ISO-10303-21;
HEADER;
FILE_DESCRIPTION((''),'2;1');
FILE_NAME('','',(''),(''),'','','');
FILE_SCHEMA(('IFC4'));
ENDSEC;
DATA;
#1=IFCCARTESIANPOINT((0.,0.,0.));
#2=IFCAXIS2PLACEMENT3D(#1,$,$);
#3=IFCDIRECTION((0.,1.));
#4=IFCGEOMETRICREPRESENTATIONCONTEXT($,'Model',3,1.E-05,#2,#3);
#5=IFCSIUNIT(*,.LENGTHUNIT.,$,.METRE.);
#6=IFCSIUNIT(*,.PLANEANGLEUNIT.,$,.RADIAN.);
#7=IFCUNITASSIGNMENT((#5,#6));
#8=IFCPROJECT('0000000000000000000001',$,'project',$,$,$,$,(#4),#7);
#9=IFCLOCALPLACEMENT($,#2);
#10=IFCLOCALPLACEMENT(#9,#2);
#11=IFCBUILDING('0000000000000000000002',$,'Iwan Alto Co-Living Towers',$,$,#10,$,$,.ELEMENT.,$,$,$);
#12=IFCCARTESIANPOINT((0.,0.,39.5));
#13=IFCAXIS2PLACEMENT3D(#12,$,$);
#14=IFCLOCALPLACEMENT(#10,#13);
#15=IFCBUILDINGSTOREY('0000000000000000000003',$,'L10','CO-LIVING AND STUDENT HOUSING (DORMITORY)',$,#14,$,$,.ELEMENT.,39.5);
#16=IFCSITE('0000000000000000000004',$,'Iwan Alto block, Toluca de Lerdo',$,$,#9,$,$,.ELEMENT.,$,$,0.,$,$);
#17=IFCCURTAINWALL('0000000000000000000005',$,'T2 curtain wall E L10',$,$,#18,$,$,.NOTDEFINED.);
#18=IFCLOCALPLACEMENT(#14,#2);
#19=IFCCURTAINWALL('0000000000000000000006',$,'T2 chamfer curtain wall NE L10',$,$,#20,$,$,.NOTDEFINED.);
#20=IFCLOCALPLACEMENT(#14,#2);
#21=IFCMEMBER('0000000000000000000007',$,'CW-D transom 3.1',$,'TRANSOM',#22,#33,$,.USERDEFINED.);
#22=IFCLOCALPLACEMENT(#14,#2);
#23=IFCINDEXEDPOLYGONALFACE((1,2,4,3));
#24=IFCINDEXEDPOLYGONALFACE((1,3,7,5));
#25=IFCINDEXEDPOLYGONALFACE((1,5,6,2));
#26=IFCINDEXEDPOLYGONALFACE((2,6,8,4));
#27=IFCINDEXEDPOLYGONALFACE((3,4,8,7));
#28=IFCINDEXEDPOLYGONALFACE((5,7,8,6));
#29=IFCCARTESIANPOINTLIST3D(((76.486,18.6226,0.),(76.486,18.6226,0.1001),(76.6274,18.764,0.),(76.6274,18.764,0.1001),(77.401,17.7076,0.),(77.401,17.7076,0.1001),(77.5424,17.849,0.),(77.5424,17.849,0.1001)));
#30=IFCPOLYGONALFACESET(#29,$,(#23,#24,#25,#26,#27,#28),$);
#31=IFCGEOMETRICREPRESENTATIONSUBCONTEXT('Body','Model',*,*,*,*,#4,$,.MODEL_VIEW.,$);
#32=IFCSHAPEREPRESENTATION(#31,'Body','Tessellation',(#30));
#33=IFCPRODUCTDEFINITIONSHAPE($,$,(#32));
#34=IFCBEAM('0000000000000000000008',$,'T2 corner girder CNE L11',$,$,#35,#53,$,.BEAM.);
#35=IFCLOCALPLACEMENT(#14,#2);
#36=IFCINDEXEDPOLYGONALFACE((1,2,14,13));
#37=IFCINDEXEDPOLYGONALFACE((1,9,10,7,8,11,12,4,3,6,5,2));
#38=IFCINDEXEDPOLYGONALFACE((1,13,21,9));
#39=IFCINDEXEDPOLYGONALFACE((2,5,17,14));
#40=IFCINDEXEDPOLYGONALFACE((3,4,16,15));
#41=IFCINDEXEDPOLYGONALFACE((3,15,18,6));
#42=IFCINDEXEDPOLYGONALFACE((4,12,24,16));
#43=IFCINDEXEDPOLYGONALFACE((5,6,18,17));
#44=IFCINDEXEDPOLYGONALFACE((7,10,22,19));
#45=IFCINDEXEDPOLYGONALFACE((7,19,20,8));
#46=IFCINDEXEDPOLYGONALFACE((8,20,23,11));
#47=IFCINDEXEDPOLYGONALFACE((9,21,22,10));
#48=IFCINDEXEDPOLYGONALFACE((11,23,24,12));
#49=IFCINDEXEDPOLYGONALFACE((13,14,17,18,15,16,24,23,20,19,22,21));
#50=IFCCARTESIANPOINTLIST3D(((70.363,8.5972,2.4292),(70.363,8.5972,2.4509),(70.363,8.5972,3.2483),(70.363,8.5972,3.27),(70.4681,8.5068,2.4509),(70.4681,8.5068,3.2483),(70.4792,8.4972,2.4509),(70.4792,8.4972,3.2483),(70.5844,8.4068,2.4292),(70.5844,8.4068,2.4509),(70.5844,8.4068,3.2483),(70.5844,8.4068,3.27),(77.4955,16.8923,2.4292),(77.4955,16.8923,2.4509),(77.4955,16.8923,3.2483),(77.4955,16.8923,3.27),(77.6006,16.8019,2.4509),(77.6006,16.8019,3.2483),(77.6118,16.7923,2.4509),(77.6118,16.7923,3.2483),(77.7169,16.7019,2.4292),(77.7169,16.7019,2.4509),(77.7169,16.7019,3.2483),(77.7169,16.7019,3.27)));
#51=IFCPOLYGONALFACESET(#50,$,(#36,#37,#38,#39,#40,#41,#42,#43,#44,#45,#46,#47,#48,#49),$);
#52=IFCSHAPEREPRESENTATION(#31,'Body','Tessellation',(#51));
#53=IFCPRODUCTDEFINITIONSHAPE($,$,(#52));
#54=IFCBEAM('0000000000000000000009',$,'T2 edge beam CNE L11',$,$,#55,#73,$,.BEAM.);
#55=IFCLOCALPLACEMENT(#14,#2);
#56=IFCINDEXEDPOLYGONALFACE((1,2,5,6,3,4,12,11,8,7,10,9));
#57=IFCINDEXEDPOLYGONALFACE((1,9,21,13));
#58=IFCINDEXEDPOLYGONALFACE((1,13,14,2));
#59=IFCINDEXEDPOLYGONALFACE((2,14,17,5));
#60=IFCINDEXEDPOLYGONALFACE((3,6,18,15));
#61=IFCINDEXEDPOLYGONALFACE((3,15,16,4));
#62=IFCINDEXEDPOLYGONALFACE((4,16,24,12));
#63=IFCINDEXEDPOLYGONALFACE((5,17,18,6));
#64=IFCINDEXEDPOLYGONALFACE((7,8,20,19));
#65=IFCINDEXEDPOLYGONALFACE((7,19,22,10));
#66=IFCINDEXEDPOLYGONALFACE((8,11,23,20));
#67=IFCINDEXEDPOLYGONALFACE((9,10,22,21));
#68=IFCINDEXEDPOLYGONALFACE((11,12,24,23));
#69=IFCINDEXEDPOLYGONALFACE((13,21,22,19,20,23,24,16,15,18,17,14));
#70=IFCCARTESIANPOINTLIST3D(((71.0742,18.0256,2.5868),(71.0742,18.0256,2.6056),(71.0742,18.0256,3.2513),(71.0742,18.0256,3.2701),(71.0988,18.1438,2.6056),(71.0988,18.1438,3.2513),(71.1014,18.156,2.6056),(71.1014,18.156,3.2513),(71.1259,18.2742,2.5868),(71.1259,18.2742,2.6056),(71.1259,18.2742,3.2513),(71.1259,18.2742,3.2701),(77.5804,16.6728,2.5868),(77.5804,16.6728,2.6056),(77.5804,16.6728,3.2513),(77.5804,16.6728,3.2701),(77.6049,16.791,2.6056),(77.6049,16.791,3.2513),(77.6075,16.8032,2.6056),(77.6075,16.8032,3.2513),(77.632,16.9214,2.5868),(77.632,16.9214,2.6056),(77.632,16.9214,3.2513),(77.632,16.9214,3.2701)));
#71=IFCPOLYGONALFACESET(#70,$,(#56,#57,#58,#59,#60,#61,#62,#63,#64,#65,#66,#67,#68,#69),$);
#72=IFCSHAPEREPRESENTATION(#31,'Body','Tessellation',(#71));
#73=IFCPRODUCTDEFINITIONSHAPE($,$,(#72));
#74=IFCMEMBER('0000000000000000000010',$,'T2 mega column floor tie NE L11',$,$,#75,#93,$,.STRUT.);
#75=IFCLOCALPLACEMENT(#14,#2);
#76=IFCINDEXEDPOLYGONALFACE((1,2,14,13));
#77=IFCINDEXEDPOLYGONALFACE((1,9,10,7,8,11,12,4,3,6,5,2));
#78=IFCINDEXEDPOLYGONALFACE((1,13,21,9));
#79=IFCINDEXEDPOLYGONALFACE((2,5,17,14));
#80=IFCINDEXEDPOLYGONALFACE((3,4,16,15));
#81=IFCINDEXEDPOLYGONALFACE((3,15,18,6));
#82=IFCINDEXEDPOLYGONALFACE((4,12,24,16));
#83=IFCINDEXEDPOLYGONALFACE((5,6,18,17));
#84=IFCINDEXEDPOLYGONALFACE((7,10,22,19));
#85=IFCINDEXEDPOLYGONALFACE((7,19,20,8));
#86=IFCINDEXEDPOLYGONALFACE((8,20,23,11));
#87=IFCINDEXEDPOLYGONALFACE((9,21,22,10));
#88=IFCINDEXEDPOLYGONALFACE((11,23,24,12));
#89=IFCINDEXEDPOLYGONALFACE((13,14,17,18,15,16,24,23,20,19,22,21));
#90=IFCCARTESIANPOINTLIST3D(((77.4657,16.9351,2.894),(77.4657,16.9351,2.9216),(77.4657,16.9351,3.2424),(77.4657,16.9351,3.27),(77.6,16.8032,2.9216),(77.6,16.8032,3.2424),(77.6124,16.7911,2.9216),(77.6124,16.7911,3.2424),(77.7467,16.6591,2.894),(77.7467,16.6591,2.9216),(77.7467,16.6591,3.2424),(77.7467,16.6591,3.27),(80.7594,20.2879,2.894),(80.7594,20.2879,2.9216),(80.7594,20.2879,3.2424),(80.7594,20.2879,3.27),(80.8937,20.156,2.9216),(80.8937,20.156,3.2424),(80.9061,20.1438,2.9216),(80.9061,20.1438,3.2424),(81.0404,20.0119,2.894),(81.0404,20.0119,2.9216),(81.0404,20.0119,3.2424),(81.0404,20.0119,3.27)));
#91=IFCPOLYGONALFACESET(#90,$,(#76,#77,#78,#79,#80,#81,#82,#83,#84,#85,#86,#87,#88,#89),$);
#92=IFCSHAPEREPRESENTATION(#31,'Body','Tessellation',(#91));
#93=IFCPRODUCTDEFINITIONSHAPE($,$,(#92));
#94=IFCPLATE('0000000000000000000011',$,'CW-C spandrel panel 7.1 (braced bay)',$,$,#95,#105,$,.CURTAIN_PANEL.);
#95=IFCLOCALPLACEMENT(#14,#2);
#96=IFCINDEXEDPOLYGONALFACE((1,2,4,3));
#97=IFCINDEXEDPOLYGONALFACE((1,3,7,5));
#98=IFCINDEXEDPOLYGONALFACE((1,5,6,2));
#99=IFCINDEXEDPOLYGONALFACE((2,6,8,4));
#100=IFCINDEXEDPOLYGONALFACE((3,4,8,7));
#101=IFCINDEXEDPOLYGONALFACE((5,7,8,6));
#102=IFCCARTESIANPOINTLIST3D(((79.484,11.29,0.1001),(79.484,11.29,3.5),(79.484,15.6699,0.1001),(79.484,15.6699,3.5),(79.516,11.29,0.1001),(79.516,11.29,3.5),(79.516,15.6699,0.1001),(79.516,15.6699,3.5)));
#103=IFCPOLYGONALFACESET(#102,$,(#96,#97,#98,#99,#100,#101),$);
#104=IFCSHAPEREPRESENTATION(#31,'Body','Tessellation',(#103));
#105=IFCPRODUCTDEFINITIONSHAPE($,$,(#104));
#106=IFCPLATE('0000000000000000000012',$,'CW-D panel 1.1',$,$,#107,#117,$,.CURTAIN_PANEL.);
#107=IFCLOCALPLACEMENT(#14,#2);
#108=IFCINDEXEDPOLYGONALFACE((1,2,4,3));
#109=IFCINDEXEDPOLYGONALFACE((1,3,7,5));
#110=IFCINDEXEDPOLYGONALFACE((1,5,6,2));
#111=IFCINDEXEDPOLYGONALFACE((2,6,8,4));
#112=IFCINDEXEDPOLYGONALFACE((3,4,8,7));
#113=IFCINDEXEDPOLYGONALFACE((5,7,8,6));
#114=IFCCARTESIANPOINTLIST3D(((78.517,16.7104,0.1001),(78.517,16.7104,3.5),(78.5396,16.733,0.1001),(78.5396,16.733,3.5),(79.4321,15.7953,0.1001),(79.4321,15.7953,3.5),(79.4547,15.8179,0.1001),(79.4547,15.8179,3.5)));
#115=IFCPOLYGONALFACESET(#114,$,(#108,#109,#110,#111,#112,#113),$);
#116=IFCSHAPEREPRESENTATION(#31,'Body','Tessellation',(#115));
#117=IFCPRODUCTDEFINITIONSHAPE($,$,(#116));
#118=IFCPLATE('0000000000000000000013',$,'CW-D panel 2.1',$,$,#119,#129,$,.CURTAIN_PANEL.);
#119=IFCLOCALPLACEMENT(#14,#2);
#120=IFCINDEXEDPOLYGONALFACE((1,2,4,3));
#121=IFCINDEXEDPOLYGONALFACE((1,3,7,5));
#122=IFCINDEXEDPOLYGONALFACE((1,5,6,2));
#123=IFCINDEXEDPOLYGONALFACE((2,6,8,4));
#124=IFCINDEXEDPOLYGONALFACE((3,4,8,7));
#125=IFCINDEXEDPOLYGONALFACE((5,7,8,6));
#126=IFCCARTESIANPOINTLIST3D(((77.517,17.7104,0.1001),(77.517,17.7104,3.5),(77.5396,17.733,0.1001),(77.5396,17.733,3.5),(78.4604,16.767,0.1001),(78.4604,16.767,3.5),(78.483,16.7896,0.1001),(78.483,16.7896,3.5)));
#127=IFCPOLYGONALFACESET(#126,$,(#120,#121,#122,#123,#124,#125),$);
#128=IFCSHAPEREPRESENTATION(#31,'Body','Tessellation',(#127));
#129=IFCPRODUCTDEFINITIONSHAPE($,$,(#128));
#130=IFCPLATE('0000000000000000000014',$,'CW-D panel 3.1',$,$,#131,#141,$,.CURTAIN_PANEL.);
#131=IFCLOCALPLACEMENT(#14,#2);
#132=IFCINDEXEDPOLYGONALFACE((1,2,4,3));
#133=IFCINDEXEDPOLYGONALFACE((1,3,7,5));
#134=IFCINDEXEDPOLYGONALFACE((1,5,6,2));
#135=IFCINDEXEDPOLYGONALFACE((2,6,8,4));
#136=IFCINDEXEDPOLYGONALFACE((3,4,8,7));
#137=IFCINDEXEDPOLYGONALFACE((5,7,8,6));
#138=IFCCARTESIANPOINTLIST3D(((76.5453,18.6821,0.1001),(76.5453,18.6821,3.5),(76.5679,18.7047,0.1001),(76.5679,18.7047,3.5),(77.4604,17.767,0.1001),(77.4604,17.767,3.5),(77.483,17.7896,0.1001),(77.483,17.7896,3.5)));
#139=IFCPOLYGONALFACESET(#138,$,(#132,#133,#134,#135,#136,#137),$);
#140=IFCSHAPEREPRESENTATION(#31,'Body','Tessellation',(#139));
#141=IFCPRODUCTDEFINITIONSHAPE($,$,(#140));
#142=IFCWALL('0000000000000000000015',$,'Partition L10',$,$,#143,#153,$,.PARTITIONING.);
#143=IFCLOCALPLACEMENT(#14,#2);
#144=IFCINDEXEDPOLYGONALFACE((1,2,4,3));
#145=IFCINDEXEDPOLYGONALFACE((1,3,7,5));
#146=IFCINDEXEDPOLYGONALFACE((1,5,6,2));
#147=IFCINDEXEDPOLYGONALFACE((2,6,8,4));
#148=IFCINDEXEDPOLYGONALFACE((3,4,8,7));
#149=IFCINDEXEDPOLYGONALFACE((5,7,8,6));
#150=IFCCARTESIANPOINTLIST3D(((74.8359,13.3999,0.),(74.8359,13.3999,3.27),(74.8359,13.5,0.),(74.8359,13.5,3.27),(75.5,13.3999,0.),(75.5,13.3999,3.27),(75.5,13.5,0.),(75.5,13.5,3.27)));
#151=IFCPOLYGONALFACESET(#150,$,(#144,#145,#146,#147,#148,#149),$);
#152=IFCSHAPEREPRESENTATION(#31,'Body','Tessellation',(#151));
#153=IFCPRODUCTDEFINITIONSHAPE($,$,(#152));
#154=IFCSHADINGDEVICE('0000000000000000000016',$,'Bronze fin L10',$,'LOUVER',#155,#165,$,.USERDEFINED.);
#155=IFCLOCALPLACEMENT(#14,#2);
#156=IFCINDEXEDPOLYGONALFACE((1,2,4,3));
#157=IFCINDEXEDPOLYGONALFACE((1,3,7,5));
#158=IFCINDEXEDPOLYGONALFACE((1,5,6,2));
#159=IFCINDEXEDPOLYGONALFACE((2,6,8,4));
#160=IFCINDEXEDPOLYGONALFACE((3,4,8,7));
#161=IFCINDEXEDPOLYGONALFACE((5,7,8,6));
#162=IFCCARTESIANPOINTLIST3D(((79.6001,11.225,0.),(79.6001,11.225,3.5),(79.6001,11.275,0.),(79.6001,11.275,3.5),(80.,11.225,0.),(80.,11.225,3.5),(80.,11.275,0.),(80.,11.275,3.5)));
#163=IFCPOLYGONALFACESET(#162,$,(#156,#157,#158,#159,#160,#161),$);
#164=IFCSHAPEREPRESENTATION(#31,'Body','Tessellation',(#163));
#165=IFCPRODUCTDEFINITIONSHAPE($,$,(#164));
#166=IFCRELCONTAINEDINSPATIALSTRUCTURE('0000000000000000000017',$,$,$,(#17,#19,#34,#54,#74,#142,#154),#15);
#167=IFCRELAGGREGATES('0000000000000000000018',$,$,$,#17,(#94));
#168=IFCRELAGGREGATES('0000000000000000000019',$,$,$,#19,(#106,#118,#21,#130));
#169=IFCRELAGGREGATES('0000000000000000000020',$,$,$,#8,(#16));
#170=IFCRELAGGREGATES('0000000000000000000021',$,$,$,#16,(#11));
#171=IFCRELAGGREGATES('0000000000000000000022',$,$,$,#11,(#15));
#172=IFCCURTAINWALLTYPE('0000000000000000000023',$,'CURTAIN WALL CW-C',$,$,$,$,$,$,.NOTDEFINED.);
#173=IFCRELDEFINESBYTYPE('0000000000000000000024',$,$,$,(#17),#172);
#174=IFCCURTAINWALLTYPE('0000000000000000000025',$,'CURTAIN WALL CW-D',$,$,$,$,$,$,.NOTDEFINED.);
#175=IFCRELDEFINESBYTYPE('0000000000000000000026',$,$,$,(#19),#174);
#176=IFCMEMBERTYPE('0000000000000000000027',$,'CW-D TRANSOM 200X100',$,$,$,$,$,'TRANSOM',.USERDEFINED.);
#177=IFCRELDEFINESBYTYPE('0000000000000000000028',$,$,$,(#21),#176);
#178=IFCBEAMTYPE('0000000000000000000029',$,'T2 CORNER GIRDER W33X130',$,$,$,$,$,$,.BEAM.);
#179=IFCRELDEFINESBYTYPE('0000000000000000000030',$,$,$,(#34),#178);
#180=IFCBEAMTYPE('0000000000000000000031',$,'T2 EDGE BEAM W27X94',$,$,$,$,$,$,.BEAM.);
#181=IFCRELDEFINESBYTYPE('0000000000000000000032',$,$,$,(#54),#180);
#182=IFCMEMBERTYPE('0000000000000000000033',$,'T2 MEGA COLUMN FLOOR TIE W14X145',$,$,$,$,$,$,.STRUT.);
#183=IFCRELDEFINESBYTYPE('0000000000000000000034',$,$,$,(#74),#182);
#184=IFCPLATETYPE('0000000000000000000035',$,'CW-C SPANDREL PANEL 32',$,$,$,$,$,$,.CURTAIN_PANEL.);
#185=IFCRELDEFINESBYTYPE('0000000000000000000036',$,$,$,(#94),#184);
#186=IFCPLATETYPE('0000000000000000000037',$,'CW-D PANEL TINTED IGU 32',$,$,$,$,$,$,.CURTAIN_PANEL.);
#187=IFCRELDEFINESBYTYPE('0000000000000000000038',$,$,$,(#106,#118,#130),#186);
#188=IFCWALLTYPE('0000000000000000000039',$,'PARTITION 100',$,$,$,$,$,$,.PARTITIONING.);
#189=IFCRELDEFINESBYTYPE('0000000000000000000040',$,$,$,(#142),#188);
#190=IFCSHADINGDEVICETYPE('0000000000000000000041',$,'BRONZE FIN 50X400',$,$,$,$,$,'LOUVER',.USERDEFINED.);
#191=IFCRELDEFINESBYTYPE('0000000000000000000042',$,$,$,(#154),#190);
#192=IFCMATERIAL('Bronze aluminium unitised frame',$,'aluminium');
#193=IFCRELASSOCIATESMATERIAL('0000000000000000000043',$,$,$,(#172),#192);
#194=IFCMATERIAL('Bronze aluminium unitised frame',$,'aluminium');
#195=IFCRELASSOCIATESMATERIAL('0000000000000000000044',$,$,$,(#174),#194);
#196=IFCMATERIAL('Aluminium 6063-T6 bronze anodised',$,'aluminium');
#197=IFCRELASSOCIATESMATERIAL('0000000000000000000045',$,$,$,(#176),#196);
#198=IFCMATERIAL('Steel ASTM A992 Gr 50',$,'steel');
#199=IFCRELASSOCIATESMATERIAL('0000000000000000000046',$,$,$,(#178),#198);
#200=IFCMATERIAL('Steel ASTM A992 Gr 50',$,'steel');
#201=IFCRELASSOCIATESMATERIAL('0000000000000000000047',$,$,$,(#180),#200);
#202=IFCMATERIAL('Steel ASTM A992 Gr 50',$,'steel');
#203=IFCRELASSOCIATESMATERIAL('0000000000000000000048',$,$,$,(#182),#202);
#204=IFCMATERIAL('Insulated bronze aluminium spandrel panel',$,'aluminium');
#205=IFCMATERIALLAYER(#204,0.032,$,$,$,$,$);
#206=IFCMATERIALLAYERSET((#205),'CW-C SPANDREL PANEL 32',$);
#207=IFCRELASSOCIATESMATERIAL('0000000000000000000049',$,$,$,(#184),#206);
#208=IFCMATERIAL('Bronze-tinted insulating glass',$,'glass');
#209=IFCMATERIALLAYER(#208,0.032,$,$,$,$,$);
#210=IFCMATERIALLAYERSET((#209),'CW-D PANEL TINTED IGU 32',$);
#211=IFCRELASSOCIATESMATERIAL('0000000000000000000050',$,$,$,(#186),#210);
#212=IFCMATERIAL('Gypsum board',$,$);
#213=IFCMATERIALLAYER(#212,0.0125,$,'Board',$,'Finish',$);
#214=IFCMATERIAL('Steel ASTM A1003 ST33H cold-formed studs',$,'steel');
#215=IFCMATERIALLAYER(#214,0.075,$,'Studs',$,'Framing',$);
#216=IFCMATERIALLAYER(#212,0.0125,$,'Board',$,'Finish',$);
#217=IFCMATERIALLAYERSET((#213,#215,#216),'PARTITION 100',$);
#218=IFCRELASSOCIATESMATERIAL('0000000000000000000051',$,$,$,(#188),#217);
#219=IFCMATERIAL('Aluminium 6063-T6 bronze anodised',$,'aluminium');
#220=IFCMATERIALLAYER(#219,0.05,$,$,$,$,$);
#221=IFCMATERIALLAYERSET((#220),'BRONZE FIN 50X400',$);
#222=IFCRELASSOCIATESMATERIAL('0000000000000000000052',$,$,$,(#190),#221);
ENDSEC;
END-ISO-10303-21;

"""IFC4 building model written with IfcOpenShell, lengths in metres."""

from ifc_helpers import new_model, si_unit, direction, frame, frame_2d, origin, origin_2d, place, context, subcontext, project, spatial, rectangle, i_section, extrude, material, layer, layer_set, material_profile, profile_set, type_object, element, aggregate, save


model = new_model("IFC4")

# Units and contexts
model_context = context("Model", 3, precision=1e-05, world=origin(), true_north=direction((0.0, 1.0)))
body_context = subcontext(model_context, "Body", "Model", "MODEL_VIEW")
ifc_project = project(units=[si_unit("LENGTHUNIT", "METRE"), si_unit("PLANEANGLEUNIT", "RADIAN")], contexts=[model_context])

# Site, building, storey
site_placement = place(None, origin())
site = spatial("IfcSite", under=ifc_project, at=site_placement, Name="Iwan Alto block, Toluca de Lerdo", CompositionType="ELEMENT", RefElevation=0.0)
building_placement = place(site_placement, origin())
building = spatial("IfcBuilding", under=site, at=building_placement, Name="Iwan Alto Co-Living Towers", CompositionType="ELEMENT")
storey_placement = place(building_placement, frame((0.0, 0.0, 39.5)))
storey = spatial("IfcBuildingStorey", under=building, at=storey_placement, Name="L10", Description="CO-LIVING AND STUDENT HOUSING (DORMITORY)", CompositionType="ELEMENT", Elevation=39.5)

# Curtain wall
ifc_material_1 = material(Name="Bronze aluminium unitised frame", Category="aluminium")
curtain_wall_type_1 = type_object("IfcCurtainWallType", Name="CURTAIN WALL CW-C", PredefinedType="NOTDEFINED", material=ifc_material_1)
curtain_wall_1_placement = place(storey_placement, origin())
curtain_wall_1 = element("IfcCurtainWall", 1, at=curtain_wall_1_placement, inside=storey, type_object=curtain_wall_type_1, Name="T2 curtain wall E L10", PredefinedType="NOTDEFINED")

# Curtain wall, member
ifc_material_2 = material(Name="Bronze aluminium unitised frame", Category="aluminium")
curtain_wall_type_2 = type_object("IfcCurtainWallType", Name="CURTAIN WALL CW-D", PredefinedType="NOTDEFINED", material=ifc_material_2)
curtain_wall_2_placement = place(storey_placement, origin())
curtain_wall_2 = element("IfcCurtainWall", 2, at=curtain_wall_2_placement, inside=storey, type_object=curtain_wall_type_2, Name="T2 chamfer curtain wall NE L10", PredefinedType="NOTDEFINED")
ifc_material_3 = material(Name="Aluminium 6063-T6 bronze anodised", Category="aluminium")
ifc_material_profile_1 = material_profile(ifc_material_3, rectangle(XDim=0.2, YDim=0.1001, at=origin_2d()), Name="AL 200X100")
ifc_profile_set_1 = profile_set([ifc_material_profile_1], Name="Aluminium 6063-T6 bronze anodised")
member_type_1 = type_object("IfcMemberType", Name="CW-D TRANSOM 200X100", ElementType="TRANSOM", PredefinedType="USERDEFINED", material=ifc_profile_set_1)
member_1_placement = place(storey_placement, frame((77.4717, 17.7783, 0.05), z_axis=(-0.707107, 0.707107, 0.0), x_axis=(-0.707107, -0.707107, 0.0)))
member_1 = element("IfcMember", 3, at=member_1_placement, type_object=member_type_1, Name="CW-D transom 3.1", ObjectType="TRANSOM", PredefinedType="USERDEFINED", context=body_context, shape_type="SweptSolid", body=[
    extrude(rectangle(XDim=0.2, YDim=0.1001, at=origin_2d()), origin(), (0.0, 0.0, 1.0), 1.2939),
])

# Beams
ifc_material_4 = material(Name="Steel ASTM A992 Gr 50", Category="steel")
ifc_material_profile_2 = material_profile(ifc_material_4, i_section(OverallWidth=0.292, OverallDepth=0.8408, WebThickness=0.0146, FlangeThickness=0.0217, at=origin_2d()), Name="W33X130")
ifc_profile_set_2 = profile_set([ifc_material_profile_2], Name="Steel ASTM A992 Gr 50")
beam_type_1 = type_object("IfcBeamType", Name="T2 CORNER GIRDER W33X130", PredefinedType="BEAM", material=ifc_profile_set_2)
beam_1_placement = place(storey_placement, frame((77.6062, 16.7971, 2.8496), z_axis=(-0.651972, -0.758243, 0.0), x_axis=(0.758243, -0.651972, 0.0)))
element("IfcBeam", 4, at=beam_1_placement, inside=storey, type_object=beam_type_1, Name="T2 corner girder CNE L11", PredefinedType="BEAM", context=body_context, shape_type="SweptSolid", body=[
    extrude(i_section(OverallWidth=0.292, OverallDepth=0.8408, WebThickness=0.0146, FlangeThickness=0.0217, at=origin_2d()), origin(), (0.0, 0.0, 1.0), 10.9399),
])
ifc_material_5 = material(Name="Steel ASTM A992 Gr 50", Category="steel")
ifc_material_profile_3 = material_profile(ifc_material_5, i_section(OverallWidth=0.2539, OverallDepth=0.6833, WebThickness=0.0125, FlangeThickness=0.0188, at=origin_2d()), Name="W27X94")
ifc_profile_set_3 = profile_set([ifc_material_profile_3], Name="Steel ASTM A992 Gr 50")
beam_type_2 = type_object("IfcBeamType", Name="T2 EDGE BEAM W27X94", PredefinedType="BEAM", material=ifc_profile_set_3)
beam_2_placement = place(storey_placement, frame((77.6062, 16.7971, 2.9285), z_axis=(-0.97906, 0.203571, 0.0), x_axis=(-0.203571, -0.97906, 0.0)))
element("IfcBeam", 5, at=beam_2_placement, inside=storey, type_object=beam_type_2, Name="T2 edge beam CNE L11", PredefinedType="BEAM", context=body_context, shape_type="SweptSolid", body=[
    extrude(i_section(OverallWidth=0.2539, OverallDepth=0.6833, WebThickness=0.0125, FlangeThickness=0.0188, at=origin_2d()), origin(), (0.0, 0.0, 1.0), 6.6453),
])

# Member
ifc_material_6 = material(Name="Steel ASTM A992 Gr 50", Category="steel")
ifc_material_profile_4 = material_profile(ifc_material_6, i_section(OverallWidth=0.3938, OverallDepth=0.376, WebThickness=0.0173, FlangeThickness=0.0276, at=origin_2d()), Name="W14X145")
ifc_profile_set_4 = profile_set([ifc_material_profile_4], Name="Steel ASTM A992 Gr 50")
member_type_2 = type_object("IfcMemberType", Name="T2 MEGA COLUMN FLOOR TIE W14X145", PredefinedType="STRUT", material=ifc_profile_set_4)
member_2_placement = place(storey_placement, frame((80.8999, 20.1499, 3.082), z_axis=(-0.700793, -0.713364, 0.0), x_axis=(0.713364, -0.700793, 0.0)))
element("IfcMember", 6, at=member_2_placement, inside=storey, type_object=member_type_2, Name="T2 mega column floor tie NE L11", PredefinedType="STRUT", context=body_context, shape_type="SweptSolid", body=[
    extrude(i_section(OverallWidth=0.3938, OverallDepth=0.376, WebThickness=0.0173, FlangeThickness=0.0276, at=origin_2d()), origin(), (0.0, 0.0, 1.0), 4.7),
])

# Plates
ifc_material_7 = material(Name="Insulated bronze aluminium spandrel panel", Category="aluminium")
ifc_layer_1 = layer(ifc_material_7, 0.032)
ifc_layer_set_1 = layer_set([ifc_layer_1], Name="CW-C SPANDREL PANEL 32")
plate_type_1 = type_object("IfcPlateType", Name="CW-C SPANDREL PANEL 32", PredefinedType="CURTAIN_PANEL", material=ifc_layer_set_1)
plate_1_placement = place(storey_placement, frame((79.5, 13.48, 0.1001), z_axis=(0.0, 0.0, 1.0), x_axis=(0.0, 1.0, 0.0)))
plate_1 = element("IfcPlate", 7, at=plate_1_placement, type_object=plate_type_1, Name="CW-C spandrel panel 7.1 (braced bay)", PredefinedType="CURTAIN_PANEL", context=body_context, shape_type="SweptSolid", body=[
    extrude(rectangle(XDim=4.3799, YDim=0.032, at=origin_2d()), origin(), (0.0, 0.0, 1.0), 3.3999),
])
aggregate(curtain_wall_1, [plate_1])
ifc_material_8 = material(Name="Bronze-tinted insulating glass", Category="glass")
ifc_layer_2 = layer(ifc_material_8, 0.032)
ifc_layer_set_2 = layer_set([ifc_layer_2], Name="CW-D PANEL TINTED IGU 32")
plate_type_2 = type_object("IfcPlateType", Name="CW-D PANEL TINTED IGU 32", PredefinedType="CURTAIN_PANEL", material=ifc_layer_set_2)
plate_2_placement = place(storey_placement, frame((78.9858, 16.2642, 0.1001), z_axis=(0.0, 0.0, 1.0), x_axis=(-0.707107, 0.707107, 0.0)))
plate_2 = element("IfcPlate", 8, at=plate_2_placement, type_object=plate_type_2, Name="CW-D panel 1.1", PredefinedType="CURTAIN_PANEL", context=body_context, shape_type="SweptSolid", body=[
    extrude(rectangle(XDim=1.2942, YDim=0.032, at=origin_2d()), origin(), (0.0, 0.0, 1.0), 3.3999),
])
plate_3_placement = place(storey_placement, frame((78.0, 17.25, 0.1001), z_axis=(0.0, 0.0, 1.0), x_axis=(-0.707107, 0.707107, 0.0)))
plate_3 = element("IfcPlate", 9, at=plate_3_placement, type_object=plate_type_2, Name="CW-D panel 2.1", PredefinedType="CURTAIN_PANEL", context=body_context, shape_type="SweptSolid", body=[
    extrude(rectangle(XDim=1.3342, YDim=0.032, at=origin_2d()), origin(), (0.0, 0.0, 1.0), 3.3999),
])
plate_4_placement = place(storey_placement, frame((77.0142, 18.2358, 0.1001), z_axis=(0.0, 0.0, 1.0), x_axis=(-0.707107, 0.707107, 0.0)))
plate_4 = element("IfcPlate", 10, at=plate_4_placement, type_object=plate_type_2, Name="CW-D panel 3.1", PredefinedType="CURTAIN_PANEL", context=body_context, shape_type="SweptSolid", body=[
    extrude(rectangle(XDim=1.2942, YDim=0.032, at=origin_2d()), origin(), (0.0, 0.0, 1.0), 3.3999),
])
aggregate(curtain_wall_2, [plate_2, plate_3, member_1, plate_4])

# Wall
ifc_material_9 = material(Name="Gypsum board")
ifc_layer_3 = layer(ifc_material_9, 0.0125, Name="Board", Category="Finish")
ifc_material_10 = material(Name="Steel ASTM A1003 ST33H cold-formed studs", Category="steel")
ifc_layer_4 = layer(ifc_material_10, 0.075, Name="Studs", Category="Framing")
ifc_layer_5 = layer(ifc_material_9, 0.0125, Name="Board", Category="Finish")
ifc_layer_set_3 = layer_set([ifc_layer_3, ifc_layer_4, ifc_layer_5], Name="PARTITION 100")
wall_type = type_object("IfcWallType", Name="PARTITION 100", PredefinedType="PARTITIONING", material=ifc_layer_set_3)
wall_placement = place(storey_placement, frame((74.8359, 13.45, 0.0), z_axis=(0.0, 0.0, 1.0), x_axis=(1.0, 0.0, 0.0)))
element("IfcWall", 11, at=wall_placement, inside=storey, type_object=wall_type, Name="Partition L10", PredefinedType="PARTITIONING", context=body_context, shape_type="SweptSolid", body=[
    extrude(rectangle(XDim=0.6641, YDim=0.1001, at=frame_2d((0.332, 0.0))), origin(), (0.0, 0.0, 1.0), 3.27),
])

# Shading device
ifc_material_11 = material(Name="Aluminium 6063-T6 bronze anodised", Category="aluminium")
ifc_layer_6 = layer(ifc_material_11, 0.05)
ifc_layer_set_4 = layer_set([ifc_layer_6], Name="BRONZE FIN 50X400")
shading_device_type = type_object("IfcShadingDeviceType", Name="BRONZE FIN 50X400", ElementType="LOUVER", PredefinedType="USERDEFINED", material=ifc_layer_set_4)
shading_device_placement = place(storey_placement, frame((79.8, 11.25, 0.0), z_axis=(0.0, 0.0, 1.0), x_axis=(0.0, 1.0, 0.0)))
element("IfcShadingDevice", 12, at=shading_device_placement, inside=storey, type_object=shading_device_type, Name="Bronze fin L10", ObjectType="LOUVER", PredefinedType="USERDEFINED", context=body_context, shape_type="SweptSolid", body=[
    extrude(rectangle(XDim=0.05, YDim=0.3999, at=origin_2d()), origin(), (0.0, 0.0, 1.0), 3.5),
])

save(model, "model.ifc")
